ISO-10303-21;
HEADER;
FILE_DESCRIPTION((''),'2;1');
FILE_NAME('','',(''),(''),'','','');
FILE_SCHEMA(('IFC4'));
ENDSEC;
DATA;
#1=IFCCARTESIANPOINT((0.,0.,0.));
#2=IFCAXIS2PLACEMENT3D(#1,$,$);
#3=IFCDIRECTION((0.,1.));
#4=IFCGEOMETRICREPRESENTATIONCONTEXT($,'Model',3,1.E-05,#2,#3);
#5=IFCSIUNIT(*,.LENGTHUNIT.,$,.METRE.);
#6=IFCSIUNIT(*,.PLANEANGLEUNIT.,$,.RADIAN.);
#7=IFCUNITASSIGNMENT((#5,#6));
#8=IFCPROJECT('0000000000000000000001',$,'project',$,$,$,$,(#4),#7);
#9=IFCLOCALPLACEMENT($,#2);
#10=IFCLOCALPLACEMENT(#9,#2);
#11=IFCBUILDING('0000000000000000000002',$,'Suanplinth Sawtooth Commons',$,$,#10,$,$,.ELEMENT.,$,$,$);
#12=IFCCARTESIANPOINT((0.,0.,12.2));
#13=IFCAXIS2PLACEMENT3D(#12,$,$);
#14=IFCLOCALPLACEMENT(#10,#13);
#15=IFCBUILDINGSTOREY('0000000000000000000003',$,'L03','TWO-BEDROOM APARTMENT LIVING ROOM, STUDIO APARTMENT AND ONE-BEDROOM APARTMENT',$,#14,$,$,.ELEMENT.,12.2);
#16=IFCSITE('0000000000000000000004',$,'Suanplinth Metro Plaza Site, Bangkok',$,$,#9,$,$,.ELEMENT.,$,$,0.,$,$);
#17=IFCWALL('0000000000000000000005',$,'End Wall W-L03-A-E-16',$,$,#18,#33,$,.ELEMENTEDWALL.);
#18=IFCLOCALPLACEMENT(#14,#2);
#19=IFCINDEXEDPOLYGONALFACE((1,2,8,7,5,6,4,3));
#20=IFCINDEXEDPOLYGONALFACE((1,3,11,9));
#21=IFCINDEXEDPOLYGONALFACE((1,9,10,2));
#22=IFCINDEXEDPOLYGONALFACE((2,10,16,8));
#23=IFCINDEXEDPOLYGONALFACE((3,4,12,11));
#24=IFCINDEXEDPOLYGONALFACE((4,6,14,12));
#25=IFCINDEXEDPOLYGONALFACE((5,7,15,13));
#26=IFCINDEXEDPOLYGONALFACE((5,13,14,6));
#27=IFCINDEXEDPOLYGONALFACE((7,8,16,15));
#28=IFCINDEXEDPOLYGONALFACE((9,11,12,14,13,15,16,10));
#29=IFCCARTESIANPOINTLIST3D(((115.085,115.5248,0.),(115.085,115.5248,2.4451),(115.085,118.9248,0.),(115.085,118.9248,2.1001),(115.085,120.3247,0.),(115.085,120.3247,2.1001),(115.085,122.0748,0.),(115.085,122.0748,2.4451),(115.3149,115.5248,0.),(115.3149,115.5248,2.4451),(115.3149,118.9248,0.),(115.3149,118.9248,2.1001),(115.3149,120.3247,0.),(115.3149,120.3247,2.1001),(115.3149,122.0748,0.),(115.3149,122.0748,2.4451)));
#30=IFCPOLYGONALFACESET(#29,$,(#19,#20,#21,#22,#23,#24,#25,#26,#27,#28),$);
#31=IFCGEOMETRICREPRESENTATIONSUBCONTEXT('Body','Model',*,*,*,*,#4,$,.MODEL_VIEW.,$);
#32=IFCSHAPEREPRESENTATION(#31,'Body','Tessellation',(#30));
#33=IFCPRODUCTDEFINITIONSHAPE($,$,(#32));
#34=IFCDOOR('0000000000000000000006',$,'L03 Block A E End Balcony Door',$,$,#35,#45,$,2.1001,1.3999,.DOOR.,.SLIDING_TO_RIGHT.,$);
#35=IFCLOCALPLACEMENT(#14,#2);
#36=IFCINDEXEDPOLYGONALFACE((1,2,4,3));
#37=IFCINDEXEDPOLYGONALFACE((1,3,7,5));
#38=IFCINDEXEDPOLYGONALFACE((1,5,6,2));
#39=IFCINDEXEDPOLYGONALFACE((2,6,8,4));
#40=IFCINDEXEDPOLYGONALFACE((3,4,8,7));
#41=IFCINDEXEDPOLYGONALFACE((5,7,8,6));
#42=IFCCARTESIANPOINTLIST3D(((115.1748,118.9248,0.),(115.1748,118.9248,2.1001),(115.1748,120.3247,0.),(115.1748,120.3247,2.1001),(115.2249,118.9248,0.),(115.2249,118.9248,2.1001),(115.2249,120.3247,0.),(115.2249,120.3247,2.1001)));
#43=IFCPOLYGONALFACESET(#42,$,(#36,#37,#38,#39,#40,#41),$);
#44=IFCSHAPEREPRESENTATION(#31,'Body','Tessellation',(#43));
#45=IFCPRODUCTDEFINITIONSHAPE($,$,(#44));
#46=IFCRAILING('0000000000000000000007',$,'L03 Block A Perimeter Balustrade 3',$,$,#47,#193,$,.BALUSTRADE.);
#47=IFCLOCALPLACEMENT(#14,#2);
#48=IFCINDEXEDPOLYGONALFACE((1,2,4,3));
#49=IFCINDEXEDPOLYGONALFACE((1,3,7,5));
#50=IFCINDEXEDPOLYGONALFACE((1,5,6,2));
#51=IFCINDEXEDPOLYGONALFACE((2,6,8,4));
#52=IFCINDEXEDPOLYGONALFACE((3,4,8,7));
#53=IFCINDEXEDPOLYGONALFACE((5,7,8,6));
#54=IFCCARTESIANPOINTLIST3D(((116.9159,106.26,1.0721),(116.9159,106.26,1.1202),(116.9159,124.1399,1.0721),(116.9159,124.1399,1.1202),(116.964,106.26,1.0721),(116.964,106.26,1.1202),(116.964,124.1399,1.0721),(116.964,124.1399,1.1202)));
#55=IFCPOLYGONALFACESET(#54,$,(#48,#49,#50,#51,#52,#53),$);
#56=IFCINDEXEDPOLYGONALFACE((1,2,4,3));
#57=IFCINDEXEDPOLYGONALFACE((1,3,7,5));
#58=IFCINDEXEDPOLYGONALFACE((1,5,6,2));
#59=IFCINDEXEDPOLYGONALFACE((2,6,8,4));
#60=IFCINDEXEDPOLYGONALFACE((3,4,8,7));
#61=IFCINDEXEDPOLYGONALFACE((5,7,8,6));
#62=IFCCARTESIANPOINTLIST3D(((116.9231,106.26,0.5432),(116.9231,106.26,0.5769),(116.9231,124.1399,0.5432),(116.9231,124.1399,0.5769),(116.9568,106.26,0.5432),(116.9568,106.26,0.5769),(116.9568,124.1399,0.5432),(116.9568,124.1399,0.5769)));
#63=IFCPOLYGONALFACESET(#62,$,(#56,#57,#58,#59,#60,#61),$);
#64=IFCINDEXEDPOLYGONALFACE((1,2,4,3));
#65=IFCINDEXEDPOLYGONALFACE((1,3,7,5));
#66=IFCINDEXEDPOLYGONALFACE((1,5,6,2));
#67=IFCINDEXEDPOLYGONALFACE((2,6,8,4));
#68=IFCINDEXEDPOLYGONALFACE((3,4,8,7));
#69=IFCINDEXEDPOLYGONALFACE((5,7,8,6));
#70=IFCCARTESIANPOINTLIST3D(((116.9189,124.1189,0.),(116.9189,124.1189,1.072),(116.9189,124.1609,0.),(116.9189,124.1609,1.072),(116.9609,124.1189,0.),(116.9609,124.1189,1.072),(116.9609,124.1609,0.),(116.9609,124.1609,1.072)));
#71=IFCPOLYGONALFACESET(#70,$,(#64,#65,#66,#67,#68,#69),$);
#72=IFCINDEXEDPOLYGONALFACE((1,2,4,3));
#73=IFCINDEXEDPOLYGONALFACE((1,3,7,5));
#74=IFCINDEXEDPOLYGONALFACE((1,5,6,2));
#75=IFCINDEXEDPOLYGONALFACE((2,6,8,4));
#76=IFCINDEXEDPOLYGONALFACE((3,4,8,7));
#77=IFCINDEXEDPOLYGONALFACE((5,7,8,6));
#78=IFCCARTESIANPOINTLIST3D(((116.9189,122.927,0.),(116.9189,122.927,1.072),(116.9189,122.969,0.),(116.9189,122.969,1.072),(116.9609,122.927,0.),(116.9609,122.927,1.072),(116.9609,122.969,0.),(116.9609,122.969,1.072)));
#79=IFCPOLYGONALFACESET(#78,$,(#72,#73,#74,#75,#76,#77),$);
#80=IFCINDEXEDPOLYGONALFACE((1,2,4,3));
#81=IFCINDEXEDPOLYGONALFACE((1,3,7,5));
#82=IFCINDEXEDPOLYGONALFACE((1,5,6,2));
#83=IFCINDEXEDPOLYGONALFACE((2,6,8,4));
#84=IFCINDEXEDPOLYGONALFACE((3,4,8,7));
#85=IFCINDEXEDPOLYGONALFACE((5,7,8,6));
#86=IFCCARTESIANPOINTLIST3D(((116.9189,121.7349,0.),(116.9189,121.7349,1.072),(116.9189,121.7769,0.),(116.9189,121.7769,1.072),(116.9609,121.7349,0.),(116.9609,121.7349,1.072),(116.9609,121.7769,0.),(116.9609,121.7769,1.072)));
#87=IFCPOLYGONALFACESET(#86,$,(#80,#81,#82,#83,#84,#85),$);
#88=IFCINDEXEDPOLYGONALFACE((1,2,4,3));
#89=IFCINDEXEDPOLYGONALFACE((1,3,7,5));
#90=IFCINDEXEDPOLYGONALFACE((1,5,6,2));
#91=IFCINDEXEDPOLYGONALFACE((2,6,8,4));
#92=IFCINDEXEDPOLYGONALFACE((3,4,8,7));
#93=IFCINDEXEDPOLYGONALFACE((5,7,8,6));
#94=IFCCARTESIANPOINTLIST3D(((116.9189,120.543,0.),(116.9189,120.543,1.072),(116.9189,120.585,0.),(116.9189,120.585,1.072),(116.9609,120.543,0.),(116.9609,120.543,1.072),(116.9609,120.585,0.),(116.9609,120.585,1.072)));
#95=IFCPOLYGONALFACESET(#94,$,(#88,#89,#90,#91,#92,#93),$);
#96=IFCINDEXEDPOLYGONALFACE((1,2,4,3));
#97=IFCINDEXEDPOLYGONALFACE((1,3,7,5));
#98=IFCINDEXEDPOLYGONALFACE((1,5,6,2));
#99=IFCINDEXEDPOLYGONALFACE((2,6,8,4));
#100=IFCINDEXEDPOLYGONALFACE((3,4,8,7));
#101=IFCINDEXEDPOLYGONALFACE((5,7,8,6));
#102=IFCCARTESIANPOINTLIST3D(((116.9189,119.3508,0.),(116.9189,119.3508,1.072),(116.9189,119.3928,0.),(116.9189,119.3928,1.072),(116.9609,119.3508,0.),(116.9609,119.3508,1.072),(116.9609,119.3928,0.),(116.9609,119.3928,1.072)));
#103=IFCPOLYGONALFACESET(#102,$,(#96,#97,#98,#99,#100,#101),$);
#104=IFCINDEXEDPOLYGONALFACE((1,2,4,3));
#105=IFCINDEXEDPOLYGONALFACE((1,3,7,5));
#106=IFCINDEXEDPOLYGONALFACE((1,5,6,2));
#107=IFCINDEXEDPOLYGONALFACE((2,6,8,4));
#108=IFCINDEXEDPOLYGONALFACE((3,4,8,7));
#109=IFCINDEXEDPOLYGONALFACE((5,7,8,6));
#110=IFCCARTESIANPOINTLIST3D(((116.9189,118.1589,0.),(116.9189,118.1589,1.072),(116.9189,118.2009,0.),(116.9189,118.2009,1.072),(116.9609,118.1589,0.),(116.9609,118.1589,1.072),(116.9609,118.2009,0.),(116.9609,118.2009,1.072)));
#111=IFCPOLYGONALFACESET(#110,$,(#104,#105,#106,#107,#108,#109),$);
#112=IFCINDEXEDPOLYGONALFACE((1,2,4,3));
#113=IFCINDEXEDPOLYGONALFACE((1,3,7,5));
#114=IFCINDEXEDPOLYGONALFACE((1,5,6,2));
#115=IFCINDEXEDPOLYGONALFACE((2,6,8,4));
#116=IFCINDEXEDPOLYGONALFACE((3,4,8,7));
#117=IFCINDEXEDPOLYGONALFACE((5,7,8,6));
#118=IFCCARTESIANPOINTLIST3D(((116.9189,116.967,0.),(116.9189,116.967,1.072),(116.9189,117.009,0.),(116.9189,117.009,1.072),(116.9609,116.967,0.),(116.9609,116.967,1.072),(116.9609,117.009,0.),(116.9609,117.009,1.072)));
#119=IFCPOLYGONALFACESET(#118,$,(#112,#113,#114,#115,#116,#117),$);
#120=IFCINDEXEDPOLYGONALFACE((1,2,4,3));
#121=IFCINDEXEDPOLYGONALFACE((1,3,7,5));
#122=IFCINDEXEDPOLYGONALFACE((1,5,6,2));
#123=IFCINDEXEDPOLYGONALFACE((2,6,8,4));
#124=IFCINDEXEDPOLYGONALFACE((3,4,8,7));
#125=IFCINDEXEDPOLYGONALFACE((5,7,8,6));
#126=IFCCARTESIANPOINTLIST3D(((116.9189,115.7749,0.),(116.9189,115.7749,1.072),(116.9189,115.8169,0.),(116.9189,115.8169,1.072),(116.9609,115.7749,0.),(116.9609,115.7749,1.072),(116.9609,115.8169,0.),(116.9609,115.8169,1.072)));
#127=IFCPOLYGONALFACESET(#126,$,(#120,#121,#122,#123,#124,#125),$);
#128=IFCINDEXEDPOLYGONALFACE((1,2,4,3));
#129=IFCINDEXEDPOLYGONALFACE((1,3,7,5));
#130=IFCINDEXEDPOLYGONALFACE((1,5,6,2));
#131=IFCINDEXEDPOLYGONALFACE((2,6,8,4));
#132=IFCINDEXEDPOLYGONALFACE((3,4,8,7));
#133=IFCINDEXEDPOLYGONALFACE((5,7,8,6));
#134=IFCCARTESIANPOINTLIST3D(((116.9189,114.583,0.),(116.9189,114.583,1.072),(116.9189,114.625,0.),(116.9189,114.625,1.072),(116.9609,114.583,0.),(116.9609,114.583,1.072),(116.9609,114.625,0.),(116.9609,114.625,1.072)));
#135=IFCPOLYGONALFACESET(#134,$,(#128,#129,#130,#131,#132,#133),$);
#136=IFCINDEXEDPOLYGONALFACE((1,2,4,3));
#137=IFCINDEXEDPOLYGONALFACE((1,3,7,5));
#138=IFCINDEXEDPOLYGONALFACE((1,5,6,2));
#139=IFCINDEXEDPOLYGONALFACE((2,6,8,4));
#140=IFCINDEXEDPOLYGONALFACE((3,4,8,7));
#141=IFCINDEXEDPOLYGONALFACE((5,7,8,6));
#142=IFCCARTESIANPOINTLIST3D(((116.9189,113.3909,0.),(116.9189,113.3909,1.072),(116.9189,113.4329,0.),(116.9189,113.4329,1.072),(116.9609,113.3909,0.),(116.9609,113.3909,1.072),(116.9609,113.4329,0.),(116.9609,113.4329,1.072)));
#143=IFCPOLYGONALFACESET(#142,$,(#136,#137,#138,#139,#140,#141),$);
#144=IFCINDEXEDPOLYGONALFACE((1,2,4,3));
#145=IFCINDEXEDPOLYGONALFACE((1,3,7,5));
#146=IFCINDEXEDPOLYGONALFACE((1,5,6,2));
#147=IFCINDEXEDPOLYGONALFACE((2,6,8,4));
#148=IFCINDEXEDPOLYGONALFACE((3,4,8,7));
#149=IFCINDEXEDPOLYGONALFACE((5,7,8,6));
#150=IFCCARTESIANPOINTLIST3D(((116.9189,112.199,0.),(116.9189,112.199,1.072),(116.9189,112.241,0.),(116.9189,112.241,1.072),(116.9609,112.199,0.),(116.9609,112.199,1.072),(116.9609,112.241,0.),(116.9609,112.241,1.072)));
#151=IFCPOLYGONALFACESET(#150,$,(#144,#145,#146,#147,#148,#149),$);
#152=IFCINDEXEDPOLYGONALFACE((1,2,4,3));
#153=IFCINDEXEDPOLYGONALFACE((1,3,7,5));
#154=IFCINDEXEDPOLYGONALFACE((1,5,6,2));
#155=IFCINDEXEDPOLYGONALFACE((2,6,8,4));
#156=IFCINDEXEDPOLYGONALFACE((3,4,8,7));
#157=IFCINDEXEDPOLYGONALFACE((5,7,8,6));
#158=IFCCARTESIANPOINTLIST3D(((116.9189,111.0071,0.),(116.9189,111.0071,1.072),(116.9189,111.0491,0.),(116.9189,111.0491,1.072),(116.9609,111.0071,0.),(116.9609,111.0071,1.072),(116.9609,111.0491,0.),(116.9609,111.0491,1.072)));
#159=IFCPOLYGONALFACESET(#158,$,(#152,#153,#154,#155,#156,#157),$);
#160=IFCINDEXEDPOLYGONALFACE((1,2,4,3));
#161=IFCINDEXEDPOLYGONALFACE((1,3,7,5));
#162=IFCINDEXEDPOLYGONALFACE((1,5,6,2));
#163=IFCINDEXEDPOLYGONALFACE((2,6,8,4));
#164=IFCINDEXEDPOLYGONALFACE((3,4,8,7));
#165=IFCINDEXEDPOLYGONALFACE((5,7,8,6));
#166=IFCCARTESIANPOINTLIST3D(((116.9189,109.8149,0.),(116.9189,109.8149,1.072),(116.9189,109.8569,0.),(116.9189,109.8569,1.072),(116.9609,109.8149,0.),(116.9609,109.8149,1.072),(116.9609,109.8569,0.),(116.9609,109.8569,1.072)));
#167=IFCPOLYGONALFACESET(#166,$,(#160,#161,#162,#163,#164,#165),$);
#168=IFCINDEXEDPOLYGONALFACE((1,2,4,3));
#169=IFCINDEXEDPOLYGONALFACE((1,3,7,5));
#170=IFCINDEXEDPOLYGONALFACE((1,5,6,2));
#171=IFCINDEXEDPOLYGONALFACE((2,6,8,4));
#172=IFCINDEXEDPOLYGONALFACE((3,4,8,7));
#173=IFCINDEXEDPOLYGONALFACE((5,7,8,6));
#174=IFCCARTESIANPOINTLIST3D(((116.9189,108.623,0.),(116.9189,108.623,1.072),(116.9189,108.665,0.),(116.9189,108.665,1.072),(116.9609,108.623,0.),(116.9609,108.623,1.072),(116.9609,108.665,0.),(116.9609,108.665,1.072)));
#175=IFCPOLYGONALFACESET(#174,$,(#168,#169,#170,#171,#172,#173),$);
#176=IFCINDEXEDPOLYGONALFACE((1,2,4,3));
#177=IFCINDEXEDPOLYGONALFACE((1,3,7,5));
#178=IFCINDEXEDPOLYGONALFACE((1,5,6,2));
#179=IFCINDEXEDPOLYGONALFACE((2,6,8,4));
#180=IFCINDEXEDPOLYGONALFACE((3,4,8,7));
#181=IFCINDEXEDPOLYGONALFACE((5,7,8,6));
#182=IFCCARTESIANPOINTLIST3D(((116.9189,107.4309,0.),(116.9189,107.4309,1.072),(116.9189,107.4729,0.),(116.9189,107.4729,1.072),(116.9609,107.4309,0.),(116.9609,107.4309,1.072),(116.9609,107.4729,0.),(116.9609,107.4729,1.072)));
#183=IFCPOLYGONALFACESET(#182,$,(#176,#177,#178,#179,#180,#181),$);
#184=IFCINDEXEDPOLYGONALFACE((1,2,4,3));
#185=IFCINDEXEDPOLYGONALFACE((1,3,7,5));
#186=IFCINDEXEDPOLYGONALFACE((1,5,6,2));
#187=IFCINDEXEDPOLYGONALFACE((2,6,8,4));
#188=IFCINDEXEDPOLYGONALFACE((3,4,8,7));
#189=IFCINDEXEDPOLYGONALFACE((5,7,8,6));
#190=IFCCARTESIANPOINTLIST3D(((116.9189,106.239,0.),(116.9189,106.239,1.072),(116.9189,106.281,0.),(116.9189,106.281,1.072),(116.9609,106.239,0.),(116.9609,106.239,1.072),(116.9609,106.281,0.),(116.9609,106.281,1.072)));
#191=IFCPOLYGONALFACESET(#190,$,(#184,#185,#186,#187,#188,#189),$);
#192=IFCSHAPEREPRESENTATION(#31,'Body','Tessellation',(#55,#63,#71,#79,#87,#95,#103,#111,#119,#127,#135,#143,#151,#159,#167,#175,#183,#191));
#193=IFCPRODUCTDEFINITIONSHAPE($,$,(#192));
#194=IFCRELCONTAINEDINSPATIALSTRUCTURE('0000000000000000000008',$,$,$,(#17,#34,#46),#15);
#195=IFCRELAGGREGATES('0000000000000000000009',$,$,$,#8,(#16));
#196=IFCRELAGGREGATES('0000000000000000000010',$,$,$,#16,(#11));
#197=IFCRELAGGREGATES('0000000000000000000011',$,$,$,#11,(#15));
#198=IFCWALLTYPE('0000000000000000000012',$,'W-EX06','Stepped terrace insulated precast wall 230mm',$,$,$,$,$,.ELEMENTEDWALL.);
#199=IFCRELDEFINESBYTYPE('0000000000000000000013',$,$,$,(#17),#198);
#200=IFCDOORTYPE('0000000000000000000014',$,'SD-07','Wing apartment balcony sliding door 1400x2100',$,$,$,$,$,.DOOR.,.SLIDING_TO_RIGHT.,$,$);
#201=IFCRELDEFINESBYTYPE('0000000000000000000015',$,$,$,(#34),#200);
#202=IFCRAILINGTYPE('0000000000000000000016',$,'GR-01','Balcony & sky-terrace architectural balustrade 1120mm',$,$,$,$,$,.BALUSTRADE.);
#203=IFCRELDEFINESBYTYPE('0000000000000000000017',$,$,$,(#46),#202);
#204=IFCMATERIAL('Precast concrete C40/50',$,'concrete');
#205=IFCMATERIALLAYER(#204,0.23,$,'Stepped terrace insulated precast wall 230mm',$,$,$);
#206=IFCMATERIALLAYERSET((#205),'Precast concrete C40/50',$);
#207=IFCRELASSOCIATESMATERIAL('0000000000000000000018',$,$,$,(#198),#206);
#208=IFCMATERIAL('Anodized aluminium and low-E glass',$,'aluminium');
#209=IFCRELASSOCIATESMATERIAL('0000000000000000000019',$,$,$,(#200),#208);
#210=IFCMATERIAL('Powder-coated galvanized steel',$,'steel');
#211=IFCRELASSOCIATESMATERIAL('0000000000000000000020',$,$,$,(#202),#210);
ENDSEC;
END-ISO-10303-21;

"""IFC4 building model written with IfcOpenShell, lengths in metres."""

from ifc_helpers import new_model, si_unit, direction, frame, frame_2d, origin, origin_2d, place, context, subcontext, project, spatial, rectangle, extrude, material, layer, layer_set, type_object, element, fill, save


model = new_model("IFC4")

# Units and contexts
model_context = context("Model", 3, precision=1e-05, world=origin(), true_north=direction((0.0, 1.0)))
body_context = subcontext(model_context, "Body", "Model", "MODEL_VIEW")
ifc_project = project(units=[si_unit("LENGTHUNIT", "METRE"), si_unit("PLANEANGLEUNIT", "RADIAN")], contexts=[model_context])

# Site, building, storey
site_placement = place(None, origin())
site = spatial("IfcSite", under=ifc_project, at=site_placement, Name="Suanplinth Metro Plaza Site, Bangkok", CompositionType="ELEMENT", RefElevation=0.0)
building_placement = place(site_placement, origin())
building = spatial("IfcBuilding", under=site, at=building_placement, Name="Suanplinth Sawtooth Commons", CompositionType="ELEMENT")
storey_placement = place(building_placement, frame((0.0, 0.0, 12.2)))
storey = spatial("IfcBuildingStorey", under=building, at=storey_placement, Name="L03", Description="TWO-BEDROOM APARTMENT LIVING ROOM, STUDIO APARTMENT AND ONE-BEDROOM APARTMENT", CompositionType="ELEMENT", Elevation=12.2)

# Shared definitions
ifc_material_1 = material(Name="Precast concrete C40/50", Category="concrete")

# Wall, opening, door
ifc_layer_1 = layer(ifc_material_1, 0.23, Name="Stepped terrace insulated precast wall 230mm")
ifc_layer_set_1 = layer_set([ifc_layer_1], Name="Precast concrete C40/50")
wall_type = type_object("IfcWallType", Name="W-EX06", Description="Stepped terrace insulated precast wall 230mm", PredefinedType="ELEMENTEDWALL", material=ifc_layer_set_1)
wall_placement = place(storey_placement, frame((115.2, 115.5249, 0.0), z_axis=(0.0, 0.0, 1.0), x_axis=(0.0, 1.0, 0.0)))
wall = element("IfcWall", 1, at=wall_placement, inside=storey, type_object=wall_type, Name="End Wall W-L03-A-E-16", PredefinedType="ELEMENTEDWALL", context=body_context, shape_type="SweptSolid", body=[
    extrude(rectangle(XDim=6.55, YDim=0.23, at=frame_2d((3.2749, 0.0))), origin(), (0.0, 0.0, 1.0), 2.4451),
])
opening_placement = place(wall_placement, frame((3.3999, 0.0, 0.0)))
opening = element("IfcOpeningElement", 2, at=opening_placement, cuts=wall, PredefinedType="OPENING", context=body_context, shape_type="SweptSolid", body=[
    extrude(rectangle(XDim=1.3999, YDim=2.1001, at=frame_2d((0.7, 1.05))), frame((0.0, 0.1299, 0.0), z_axis=(0.0, -1.0, 0.0), x_axis=(1.0, 0.0, 0.0)), (0.0, 0.0, 1.0), 0.2598),
])
ifc_material_2 = material(Name="Anodized aluminium and low-E glass", Category="aluminium")
door_type = type_object("IfcDoorType", Name="SD-07", Description="Wing apartment balcony sliding door 1400x2100", OperationType="SLIDING_TO_RIGHT", PredefinedType="DOOR", material=ifc_material_2)
door_placement = place(opening_placement, frame((1.3999, 0.0, 0.0), z_axis=(0.0, 0.0, 1.0), x_axis=(-1.0, 0.0, 0.0)))
door = element("IfcDoor", 3, at=door_placement, inside=storey, type_object=door_type, Name="L03 Block A E End Balcony Door", OperationType="SLIDING_TO_RIGHT", OverallHeight=2.1001, OverallWidth=1.3999, PredefinedType="DOOR", context=body_context, shape_type="SweptSolid", body=[
    extrude(rectangle(XDim=1.3999, YDim=2.1001, at=frame_2d((0.7, 1.05))), frame((0.0, 0.0249, 0.0), z_axis=(0.0, -1.0, 0.0), x_axis=(1.0, 0.0, 0.0)), (0.0, 0.0, 1.0), 0.05),
])
fill(opening, door)

# Railing
ifc_material_3 = material(Name="Powder-coated galvanized steel", Category="steel")
railing_type = type_object("IfcRailingType", Name="GR-01", Description="Balcony & sky-terrace architectural balustrade 1120mm", PredefinedType="BALUSTRADE", material=ifc_material_3)
railing_1_placement = place(storey_placement, frame((116.9399, 124.1399, 0.0)))
element("IfcRailing", 4, at=railing_1_placement, inside=storey, type_object=railing_type, Name="L03 Block A Perimeter Balustrade 3", PredefinedType="BALUSTRADE", context=body_context, shape_type="SweptSolid", body=[
    extrude(rectangle(XDim=0.0481, YDim=0.0481, at=origin_2d()), frame((0.0, 0.0, 1.0962), z_axis=(0.0, -1.0, 0.0), x_axis=(1.0, 0.0, 0.0)), (0.0, 0.0, 1.0), 17.8799),
    extrude(rectangle(XDim=0.0337, YDim=0.0337, at=origin_2d()), frame((0.0, 0.0, 0.5601), z_axis=(0.0, -1.0, 0.0), x_axis=(1.0, 0.0, 0.0)), (0.0, 0.0, 1.0), 17.8799),
    extrude(rectangle(XDim=0.042, YDim=0.042, at=origin_2d()), origin(), (0.0, 0.0, 1.0), 1.072),
    extrude(rectangle(XDim=0.042, YDim=0.042, at=origin_2d()), frame((0.0, -1.1919, 0.0)), (0.0, 0.0, 1.0), 1.072),
    extrude(rectangle(XDim=0.042, YDim=0.042, at=origin_2d()), frame((0.0, -2.384, 0.0)), (0.0, 0.0, 1.0), 1.072),
    extrude(rectangle(XDim=0.042, YDim=0.042, at=origin_2d()), frame((0.0, -3.5759, 0.0)), (0.0, 0.0, 1.0), 1.072),
    extrude(rectangle(XDim=0.042, YDim=0.042, at=origin_2d()), frame((0.0, -4.7681, 0.0)), (0.0, 0.0, 1.0), 1.072),
    extrude(rectangle(XDim=0.042, YDim=0.042, at=origin_2d()), frame((0.0, -5.96, 0.0)), (0.0, 0.0, 1.0), 1.072),
    extrude(rectangle(XDim=0.042, YDim=0.042, at=origin_2d()), frame((0.0, -7.1519, 0.0)), (0.0, 0.0, 1.0), 1.072),
    extrude(rectangle(XDim=0.042, YDim=0.042, at=origin_2d()), frame((0.0, -8.344, 0.0)), (0.0, 0.0, 1.0), 1.072),
    extrude(rectangle(XDim=0.042, YDim=0.042, at=origin_2d()), frame((0.0, -9.5359, 0.0)), (0.0, 0.0, 1.0), 1.072),
    extrude(rectangle(XDim=0.042, YDim=0.042, at=origin_2d()), frame((0.0, -10.728, 0.0)), (0.0, 0.0, 1.0), 1.072),
    extrude(rectangle(XDim=0.042, YDim=0.042, at=origin_2d()), frame((0.0, -11.9199, 0.0)), (0.0, 0.0, 1.0), 1.072),
    extrude(rectangle(XDim=0.042, YDim=0.042, at=origin_2d()), frame((0.0, -13.1118, 0.0)), (0.0, 0.0, 1.0), 1.072),
    extrude(rectangle(XDim=0.042, YDim=0.042, at=origin_2d()), frame((0.0, -14.304, 0.0)), (0.0, 0.0, 1.0), 1.072),
    extrude(rectangle(XDim=0.042, YDim=0.042, at=origin_2d()), frame((0.0, -15.4958, 0.0)), (0.0, 0.0, 1.0), 1.072),
    extrude(rectangle(XDim=0.042, YDim=0.042, at=origin_2d()), frame((0.0, -16.688, 0.0)), (0.0, 0.0, 1.0), 1.072),
    extrude(rectangle(XDim=0.042, YDim=0.042, at=origin_2d()), frame((0.0, -17.8799, 0.0)), (0.0, 0.0, 1.0), 1.072),
])

save(model, "model.ifc")
